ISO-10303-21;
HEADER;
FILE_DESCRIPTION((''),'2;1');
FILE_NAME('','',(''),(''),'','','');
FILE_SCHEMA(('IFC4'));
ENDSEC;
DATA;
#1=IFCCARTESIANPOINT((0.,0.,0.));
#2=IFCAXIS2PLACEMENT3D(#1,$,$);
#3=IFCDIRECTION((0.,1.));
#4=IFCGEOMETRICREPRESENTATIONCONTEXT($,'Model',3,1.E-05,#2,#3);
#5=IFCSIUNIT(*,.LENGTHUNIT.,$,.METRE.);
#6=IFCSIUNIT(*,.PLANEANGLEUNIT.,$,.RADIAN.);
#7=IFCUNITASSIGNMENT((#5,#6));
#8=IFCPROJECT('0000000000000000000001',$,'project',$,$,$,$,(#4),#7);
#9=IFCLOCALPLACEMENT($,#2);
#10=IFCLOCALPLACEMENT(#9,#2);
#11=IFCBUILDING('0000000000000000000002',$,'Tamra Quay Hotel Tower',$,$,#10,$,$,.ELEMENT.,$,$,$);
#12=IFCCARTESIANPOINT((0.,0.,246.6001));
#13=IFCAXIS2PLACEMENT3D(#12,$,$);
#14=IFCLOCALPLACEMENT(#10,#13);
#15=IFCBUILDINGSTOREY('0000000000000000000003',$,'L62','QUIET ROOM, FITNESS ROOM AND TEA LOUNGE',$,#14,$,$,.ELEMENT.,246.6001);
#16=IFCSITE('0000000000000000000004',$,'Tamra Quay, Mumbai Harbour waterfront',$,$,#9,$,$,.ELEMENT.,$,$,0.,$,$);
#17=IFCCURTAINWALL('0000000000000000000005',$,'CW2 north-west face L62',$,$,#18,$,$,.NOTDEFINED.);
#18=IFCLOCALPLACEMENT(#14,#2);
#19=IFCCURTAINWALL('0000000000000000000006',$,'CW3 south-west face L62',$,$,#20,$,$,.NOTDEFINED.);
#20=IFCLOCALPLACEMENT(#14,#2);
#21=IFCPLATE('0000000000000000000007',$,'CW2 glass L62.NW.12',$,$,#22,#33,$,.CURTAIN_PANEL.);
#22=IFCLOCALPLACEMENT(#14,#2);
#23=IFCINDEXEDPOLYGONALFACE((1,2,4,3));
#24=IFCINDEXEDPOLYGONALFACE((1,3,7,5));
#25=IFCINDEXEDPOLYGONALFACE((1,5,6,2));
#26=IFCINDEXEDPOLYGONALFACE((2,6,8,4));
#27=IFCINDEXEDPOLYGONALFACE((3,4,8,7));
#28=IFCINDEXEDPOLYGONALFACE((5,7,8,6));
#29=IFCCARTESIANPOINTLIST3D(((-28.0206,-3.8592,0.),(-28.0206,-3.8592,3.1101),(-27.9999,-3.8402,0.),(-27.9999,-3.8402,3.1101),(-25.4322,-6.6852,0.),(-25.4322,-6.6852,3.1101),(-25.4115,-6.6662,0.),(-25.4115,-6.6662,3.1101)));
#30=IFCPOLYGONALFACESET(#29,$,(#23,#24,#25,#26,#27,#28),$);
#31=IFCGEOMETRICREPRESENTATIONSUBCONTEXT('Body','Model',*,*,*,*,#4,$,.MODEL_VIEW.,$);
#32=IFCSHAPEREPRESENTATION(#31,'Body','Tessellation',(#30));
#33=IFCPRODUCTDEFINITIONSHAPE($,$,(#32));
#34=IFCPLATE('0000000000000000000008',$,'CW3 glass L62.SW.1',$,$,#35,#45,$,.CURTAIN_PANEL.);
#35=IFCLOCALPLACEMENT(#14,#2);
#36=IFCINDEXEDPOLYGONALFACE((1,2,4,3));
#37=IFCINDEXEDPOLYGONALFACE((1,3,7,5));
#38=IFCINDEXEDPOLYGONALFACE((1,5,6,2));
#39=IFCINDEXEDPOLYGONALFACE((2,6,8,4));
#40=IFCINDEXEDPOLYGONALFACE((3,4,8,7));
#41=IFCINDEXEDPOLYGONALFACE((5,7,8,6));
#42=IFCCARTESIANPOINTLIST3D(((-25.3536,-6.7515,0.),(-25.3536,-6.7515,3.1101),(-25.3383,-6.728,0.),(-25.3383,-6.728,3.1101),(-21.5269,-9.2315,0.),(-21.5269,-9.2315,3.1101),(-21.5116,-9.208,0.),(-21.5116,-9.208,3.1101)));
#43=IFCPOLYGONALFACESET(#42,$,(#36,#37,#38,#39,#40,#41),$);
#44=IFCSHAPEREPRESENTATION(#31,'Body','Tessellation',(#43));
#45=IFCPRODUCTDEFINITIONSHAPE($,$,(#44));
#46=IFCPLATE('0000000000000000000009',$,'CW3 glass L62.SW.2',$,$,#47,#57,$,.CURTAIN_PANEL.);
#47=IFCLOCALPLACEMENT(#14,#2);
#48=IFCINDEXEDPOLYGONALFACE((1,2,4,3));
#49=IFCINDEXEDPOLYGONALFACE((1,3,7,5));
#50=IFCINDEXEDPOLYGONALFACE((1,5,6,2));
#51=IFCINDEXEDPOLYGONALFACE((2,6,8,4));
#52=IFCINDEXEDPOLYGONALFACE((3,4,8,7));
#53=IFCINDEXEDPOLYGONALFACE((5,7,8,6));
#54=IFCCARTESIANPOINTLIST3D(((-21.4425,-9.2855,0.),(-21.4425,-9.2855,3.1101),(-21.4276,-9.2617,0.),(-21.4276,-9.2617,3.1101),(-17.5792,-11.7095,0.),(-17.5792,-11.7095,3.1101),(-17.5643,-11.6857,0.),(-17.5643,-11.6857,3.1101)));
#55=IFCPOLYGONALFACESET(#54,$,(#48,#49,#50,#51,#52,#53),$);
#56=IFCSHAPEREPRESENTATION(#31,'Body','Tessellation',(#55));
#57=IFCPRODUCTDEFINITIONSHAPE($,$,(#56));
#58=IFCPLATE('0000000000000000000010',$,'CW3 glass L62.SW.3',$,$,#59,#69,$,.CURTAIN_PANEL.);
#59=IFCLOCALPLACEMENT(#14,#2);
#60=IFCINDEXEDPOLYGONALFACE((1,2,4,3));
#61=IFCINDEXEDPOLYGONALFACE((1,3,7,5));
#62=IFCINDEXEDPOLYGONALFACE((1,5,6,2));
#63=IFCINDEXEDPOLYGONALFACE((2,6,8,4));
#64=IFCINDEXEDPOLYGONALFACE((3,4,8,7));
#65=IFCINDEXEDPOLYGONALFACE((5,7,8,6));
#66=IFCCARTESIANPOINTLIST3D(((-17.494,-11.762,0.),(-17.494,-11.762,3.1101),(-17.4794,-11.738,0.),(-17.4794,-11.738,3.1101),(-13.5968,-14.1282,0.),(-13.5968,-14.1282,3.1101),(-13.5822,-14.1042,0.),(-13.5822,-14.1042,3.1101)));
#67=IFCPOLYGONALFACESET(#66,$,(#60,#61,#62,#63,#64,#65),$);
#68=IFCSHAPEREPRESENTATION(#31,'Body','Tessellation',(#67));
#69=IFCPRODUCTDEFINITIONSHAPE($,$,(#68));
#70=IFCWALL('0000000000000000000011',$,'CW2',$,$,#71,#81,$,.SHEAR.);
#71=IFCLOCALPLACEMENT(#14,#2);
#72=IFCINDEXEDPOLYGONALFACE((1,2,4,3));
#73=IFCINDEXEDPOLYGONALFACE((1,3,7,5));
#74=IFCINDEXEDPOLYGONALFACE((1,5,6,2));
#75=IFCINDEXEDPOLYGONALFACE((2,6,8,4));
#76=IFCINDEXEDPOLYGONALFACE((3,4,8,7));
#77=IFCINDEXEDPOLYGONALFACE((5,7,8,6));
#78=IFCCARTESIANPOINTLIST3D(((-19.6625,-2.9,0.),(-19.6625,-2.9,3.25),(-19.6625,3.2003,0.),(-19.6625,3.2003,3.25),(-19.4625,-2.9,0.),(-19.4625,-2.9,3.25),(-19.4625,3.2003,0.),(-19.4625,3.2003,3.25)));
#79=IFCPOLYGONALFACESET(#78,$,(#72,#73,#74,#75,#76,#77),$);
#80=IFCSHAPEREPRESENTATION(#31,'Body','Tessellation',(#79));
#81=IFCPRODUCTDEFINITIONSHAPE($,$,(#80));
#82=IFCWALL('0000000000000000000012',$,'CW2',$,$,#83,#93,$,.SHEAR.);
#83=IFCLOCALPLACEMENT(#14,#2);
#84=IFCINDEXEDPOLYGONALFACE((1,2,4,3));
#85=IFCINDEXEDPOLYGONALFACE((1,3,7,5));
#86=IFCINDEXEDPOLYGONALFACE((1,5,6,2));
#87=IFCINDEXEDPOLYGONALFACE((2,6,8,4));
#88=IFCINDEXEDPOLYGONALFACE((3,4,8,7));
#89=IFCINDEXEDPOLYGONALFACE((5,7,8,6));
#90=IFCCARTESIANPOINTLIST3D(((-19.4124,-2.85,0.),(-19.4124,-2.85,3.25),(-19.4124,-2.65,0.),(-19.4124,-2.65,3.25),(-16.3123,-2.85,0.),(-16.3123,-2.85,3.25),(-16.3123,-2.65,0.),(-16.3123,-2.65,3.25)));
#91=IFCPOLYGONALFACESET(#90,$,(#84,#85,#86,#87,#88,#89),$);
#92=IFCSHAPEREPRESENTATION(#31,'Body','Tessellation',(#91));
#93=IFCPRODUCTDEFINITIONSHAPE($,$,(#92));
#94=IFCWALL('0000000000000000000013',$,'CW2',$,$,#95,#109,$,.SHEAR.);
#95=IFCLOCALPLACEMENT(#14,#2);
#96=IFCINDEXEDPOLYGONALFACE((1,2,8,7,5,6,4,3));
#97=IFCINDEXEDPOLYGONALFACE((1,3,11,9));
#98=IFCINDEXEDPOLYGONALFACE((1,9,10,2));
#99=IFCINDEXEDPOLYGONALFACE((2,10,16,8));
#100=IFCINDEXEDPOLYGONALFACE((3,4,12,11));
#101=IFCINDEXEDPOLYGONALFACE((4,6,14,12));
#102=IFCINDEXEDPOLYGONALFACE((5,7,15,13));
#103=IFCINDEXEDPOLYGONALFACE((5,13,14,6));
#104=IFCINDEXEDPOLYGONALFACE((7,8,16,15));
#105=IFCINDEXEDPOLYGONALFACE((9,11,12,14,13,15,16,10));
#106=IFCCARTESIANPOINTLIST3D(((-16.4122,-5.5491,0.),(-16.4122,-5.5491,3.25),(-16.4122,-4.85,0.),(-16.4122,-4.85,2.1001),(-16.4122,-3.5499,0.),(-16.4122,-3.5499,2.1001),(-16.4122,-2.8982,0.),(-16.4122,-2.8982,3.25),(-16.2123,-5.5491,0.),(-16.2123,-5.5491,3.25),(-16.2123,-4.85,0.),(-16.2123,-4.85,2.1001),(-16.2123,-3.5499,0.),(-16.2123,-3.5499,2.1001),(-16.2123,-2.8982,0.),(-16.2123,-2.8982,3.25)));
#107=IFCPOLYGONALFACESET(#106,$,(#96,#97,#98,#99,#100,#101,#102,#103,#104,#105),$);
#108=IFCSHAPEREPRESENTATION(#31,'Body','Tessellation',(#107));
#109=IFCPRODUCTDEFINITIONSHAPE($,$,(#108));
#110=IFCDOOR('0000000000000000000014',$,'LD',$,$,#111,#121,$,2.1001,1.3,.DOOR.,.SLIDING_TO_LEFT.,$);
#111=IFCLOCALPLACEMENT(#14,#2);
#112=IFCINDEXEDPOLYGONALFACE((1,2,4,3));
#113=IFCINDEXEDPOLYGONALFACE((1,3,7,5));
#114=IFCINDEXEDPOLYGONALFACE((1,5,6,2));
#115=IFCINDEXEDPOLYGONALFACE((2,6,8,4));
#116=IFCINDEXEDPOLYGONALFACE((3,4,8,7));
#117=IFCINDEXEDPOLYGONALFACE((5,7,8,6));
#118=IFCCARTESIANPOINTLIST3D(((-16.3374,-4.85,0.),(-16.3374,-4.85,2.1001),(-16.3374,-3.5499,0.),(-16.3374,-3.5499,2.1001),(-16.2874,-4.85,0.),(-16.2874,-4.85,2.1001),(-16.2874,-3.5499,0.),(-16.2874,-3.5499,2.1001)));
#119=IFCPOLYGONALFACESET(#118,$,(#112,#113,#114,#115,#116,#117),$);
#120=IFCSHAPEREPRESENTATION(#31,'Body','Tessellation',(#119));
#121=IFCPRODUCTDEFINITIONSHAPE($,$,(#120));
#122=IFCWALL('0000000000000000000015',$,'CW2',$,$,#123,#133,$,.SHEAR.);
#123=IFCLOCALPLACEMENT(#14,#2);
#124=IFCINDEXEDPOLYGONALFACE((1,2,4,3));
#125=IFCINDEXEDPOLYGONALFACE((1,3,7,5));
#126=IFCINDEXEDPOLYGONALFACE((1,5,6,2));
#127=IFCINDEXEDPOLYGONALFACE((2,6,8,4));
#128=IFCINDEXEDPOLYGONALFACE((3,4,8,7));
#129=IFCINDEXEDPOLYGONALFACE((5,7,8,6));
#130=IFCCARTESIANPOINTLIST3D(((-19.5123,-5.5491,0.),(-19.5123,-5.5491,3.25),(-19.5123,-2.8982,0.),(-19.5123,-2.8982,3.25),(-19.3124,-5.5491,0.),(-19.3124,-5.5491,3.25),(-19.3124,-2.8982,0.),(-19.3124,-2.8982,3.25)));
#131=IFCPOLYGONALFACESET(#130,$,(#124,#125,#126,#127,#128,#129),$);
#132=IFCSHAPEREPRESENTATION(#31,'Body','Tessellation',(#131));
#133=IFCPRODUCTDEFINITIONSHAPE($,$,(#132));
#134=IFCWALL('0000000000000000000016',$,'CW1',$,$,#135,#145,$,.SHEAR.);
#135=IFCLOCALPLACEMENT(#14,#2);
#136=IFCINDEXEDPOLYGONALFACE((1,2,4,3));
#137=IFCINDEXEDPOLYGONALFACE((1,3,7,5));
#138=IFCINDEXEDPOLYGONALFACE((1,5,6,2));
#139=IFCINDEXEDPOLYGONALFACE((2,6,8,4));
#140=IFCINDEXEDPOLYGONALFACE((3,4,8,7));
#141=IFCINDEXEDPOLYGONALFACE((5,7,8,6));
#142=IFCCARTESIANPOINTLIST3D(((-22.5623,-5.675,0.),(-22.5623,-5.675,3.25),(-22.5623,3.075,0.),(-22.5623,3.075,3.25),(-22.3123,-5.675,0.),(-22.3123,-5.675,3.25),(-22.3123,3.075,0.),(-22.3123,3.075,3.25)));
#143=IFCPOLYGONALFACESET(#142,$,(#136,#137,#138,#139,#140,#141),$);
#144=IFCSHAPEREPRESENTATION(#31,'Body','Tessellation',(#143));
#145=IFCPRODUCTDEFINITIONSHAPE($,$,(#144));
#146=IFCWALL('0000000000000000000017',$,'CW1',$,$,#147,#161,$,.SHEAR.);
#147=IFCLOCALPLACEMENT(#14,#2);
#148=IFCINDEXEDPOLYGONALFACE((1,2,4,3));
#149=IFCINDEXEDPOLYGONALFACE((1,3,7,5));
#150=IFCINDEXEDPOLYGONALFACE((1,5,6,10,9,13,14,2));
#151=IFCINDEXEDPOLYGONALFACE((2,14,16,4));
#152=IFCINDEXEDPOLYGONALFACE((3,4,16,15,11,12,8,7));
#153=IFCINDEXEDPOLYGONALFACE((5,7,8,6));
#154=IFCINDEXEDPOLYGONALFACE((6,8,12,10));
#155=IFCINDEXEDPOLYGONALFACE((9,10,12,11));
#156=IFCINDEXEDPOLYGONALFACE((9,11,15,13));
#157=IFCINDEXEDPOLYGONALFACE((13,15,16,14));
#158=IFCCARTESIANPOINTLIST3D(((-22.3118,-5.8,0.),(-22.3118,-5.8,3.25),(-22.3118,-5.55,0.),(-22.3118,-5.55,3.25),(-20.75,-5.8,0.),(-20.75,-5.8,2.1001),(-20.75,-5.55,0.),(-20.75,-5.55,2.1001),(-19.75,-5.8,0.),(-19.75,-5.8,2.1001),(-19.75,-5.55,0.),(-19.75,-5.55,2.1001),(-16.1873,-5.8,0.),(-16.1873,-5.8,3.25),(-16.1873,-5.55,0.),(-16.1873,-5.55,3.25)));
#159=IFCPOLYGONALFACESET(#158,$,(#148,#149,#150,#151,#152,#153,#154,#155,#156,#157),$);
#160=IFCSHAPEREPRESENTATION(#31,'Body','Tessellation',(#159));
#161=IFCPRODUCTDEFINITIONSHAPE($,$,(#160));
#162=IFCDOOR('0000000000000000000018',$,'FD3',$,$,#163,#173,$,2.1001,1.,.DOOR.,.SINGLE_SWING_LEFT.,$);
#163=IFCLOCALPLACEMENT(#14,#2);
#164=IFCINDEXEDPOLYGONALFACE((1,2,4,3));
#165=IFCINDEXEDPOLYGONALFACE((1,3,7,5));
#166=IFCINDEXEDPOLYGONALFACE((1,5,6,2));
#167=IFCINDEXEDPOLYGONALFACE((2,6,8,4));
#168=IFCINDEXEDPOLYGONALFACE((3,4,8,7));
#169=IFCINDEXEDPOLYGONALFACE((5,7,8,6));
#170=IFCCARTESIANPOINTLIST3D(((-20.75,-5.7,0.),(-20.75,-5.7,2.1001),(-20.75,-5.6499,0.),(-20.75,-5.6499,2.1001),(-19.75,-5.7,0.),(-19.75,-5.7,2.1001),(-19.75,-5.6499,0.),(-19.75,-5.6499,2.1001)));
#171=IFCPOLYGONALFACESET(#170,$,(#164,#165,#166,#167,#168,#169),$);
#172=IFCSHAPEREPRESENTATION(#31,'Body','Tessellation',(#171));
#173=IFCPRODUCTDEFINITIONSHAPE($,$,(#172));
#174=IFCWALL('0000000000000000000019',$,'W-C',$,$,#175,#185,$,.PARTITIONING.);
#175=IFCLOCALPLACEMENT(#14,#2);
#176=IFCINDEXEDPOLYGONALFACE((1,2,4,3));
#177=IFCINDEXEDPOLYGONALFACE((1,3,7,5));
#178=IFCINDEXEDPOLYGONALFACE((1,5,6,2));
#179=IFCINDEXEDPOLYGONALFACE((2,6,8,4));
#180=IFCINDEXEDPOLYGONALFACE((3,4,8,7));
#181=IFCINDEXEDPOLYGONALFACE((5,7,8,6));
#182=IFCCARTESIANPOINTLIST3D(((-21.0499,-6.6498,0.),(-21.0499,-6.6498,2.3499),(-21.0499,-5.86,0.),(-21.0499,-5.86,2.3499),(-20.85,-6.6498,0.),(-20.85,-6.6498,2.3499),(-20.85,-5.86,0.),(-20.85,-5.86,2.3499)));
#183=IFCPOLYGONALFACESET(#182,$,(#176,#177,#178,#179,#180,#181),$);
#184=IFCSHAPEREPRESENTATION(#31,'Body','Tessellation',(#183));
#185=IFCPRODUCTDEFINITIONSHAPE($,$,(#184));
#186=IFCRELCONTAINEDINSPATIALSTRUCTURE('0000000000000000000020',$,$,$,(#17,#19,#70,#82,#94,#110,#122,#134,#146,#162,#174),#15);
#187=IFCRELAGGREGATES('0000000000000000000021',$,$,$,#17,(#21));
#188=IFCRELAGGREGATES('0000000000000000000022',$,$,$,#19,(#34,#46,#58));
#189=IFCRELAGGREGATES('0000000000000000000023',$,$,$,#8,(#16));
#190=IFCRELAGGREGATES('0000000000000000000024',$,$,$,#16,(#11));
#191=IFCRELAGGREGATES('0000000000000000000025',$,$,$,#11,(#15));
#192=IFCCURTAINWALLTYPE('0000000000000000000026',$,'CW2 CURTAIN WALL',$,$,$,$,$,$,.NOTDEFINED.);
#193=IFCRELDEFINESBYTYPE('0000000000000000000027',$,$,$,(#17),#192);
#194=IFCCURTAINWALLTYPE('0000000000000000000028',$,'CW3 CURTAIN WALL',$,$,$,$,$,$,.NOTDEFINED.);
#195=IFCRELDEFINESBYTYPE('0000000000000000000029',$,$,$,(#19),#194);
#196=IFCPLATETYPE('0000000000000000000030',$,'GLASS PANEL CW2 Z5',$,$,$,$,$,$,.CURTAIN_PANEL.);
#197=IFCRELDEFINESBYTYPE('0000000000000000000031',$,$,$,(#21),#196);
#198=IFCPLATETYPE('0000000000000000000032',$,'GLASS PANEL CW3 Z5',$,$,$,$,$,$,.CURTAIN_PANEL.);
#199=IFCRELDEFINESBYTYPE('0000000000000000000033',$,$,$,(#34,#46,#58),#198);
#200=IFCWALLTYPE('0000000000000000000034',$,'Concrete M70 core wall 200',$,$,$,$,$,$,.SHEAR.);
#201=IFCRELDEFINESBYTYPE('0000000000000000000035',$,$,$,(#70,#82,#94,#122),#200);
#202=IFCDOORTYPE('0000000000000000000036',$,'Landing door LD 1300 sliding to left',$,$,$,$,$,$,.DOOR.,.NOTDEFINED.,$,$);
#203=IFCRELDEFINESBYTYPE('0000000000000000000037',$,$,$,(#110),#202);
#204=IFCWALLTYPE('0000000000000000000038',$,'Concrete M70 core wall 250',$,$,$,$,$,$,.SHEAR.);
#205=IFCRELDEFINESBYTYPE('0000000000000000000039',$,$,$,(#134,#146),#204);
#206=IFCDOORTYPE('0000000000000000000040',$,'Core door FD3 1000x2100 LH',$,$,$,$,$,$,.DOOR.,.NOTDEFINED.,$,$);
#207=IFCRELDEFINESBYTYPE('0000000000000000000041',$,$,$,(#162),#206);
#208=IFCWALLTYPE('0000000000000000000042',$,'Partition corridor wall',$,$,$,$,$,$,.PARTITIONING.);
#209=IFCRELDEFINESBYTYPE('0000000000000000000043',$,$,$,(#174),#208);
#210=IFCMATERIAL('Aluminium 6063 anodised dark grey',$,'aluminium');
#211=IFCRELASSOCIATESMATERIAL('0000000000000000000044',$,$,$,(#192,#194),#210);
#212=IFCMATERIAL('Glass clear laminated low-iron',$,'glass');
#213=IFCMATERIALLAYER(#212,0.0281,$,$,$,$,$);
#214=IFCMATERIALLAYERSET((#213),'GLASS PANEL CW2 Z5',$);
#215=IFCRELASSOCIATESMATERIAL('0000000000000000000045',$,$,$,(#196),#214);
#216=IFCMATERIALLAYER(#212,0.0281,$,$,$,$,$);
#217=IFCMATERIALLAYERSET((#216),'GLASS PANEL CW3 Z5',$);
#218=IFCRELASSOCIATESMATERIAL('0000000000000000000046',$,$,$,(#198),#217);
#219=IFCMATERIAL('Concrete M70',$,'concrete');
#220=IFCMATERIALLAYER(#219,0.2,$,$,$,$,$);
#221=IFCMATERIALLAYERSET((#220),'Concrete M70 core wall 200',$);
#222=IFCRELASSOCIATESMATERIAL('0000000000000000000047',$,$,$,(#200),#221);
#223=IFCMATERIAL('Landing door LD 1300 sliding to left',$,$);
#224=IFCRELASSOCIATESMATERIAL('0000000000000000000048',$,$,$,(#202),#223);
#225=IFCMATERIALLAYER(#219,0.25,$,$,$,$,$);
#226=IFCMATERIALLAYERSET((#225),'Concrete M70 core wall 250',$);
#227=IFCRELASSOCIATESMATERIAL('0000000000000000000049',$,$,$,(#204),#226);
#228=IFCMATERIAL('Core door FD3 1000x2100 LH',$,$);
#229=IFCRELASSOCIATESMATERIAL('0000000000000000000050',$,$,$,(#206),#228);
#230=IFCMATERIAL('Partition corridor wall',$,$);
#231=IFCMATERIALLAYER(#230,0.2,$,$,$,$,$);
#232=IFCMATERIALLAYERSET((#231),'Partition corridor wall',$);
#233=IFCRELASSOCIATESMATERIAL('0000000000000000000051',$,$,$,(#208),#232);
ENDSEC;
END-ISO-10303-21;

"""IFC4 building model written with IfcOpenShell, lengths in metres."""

from ifc_helpers import new_model, si_unit, direction, frame, frame_2d, origin, origin_2d, place, context, subcontext, project, spatial, rectangle, extrude, material, layer, layer_set, type_object, element, fill, aggregate, save


model = new_model("IFC4")

# Units and contexts
model_context = context("Model", 3, precision=1e-05, world=origin(), true_north=direction((0.0, 1.0)))
body_context = subcontext(model_context, "Body", "Model", "MODEL_VIEW")
ifc_project = project(units=[si_unit("LENGTHUNIT", "METRE"), si_unit("PLANEANGLEUNIT", "RADIAN")], contexts=[model_context])

# Site, building, storey
site_placement = place(None, origin())
site = spatial("IfcSite", under=ifc_project, at=site_placement, Name="Tamra Quay, Mumbai Harbour waterfront", CompositionType="ELEMENT", RefElevation=0.0)
building_placement = place(site_placement, origin())
building = spatial("IfcBuilding", under=site, at=building_placement, Name="Tamra Quay Hotel Tower", CompositionType="ELEMENT")
storey_placement = place(building_placement, frame((0.0, 0.0, 246.6001)))
storey = spatial("IfcBuildingStorey", under=building, at=storey_placement, Name="L62", Description="QUIET ROOM, FITNESS ROOM AND TEA LOUNGE", CompositionType="ELEMENT", Elevation=246.6001)

# Shared definitions
ifc_material_1 = material(Name="Concrete M70", Category="concrete")

# Curtain walls
ifc_material_2 = material(Name="Aluminium 6063 anodised dark grey", Category="aluminium")
curtain_wall_type_1 = type_object("IfcCurtainWallType", Name="CW2 CURTAIN WALL", PredefinedType="NOTDEFINED", material=ifc_material_2)
curtain_wall_1_placement = place(storey_placement, origin())
curtain_wall_1 = element("IfcCurtainWall", 1, at=curtain_wall_1_placement, inside=storey, type_object=curtain_wall_type_1, Name="CW2 north-west face L62", PredefinedType="NOTDEFINED")
curtain_wall_type_2 = type_object("IfcCurtainWallType", Name="CW3 CURTAIN WALL", PredefinedType="NOTDEFINED", material=ifc_material_2)
curtain_wall_2_placement = place(storey_placement, origin())
curtain_wall_2 = element("IfcCurtainWall", 2, at=curtain_wall_2_placement, inside=storey, type_object=curtain_wall_type_2, Name="CW3 south-west face L62", PredefinedType="NOTDEFINED")

# Plates
ifc_material_3 = material(Name="Glass clear laminated low-iron", Category="glass")
ifc_layer_1 = layer(ifc_material_3, 0.0281)
ifc_layer_set_1 = layer_set([ifc_layer_1], Name="GLASS PANEL CW2 Z5")
plate_type_1 = type_object("IfcPlateType", Name="GLASS PANEL CW2 Z5", PredefinedType="CURTAIN_PANEL", material=ifc_layer_set_1)
plate_1_placement = place(storey_placement, frame((-26.7161, -5.2627, 0.0), z_axis=(0.0, 0.0, 1.0), x_axis=(0.675438, -0.737417, 0.0)))
plate_1 = element("IfcPlate", 3, at=plate_1_placement, type_object=plate_type_1, Name="CW2 glass L62.NW.12", PredefinedType="CURTAIN_PANEL", context=body_context, shape_type="SweptSolid", body=[
    extrude(rectangle(XDim=3.8323, YDim=0.0281, at=origin_2d()), origin(), (0.0, 0.0, 1.0), 3.1101),
])
aggregate(curtain_wall_1, [plate_1])
ifc_layer_2 = layer(ifc_material_3, 0.0281)
ifc_layer_set_2 = layer_set([ifc_layer_2], Name="GLASS PANEL CW3 Z5")
plate_type_2 = type_object("IfcPlateType", Name="GLASS PANEL CW3 Z5", PredefinedType="CURTAIN_PANEL", material=ifc_layer_set_2)
plate_2_placement = place(storey_placement, frame((-23.4326, -7.9797, 0.0), z_axis=(0.0, 0.0, 1.0), x_axis=(0.839179, -0.543855, 0.0)))
plate_2 = element("IfcPlate", 4, at=plate_2_placement, type_object=plate_type_2, Name="CW3 glass L62.SW.1", PredefinedType="CURTAIN_PANEL", context=body_context, shape_type="SweptSolid", body=[
    extrude(rectangle(XDim=4.5601, YDim=0.0281, at=origin_2d()), origin(), (0.0, 0.0, 1.0), 3.1101),
])
plate_3_placement = place(storey_placement, frame((-19.5034, -10.4856, 0.0), z_axis=(0.0, 0.0, 1.0), x_axis=(0.847069, -0.531484, 0.0)))
plate_3 = element("IfcPlate", 5, at=plate_3_placement, type_object=plate_type_2, Name="CW3 glass L62.SW.2", PredefinedType="CURTAIN_PANEL", context=body_context, shape_type="SweptSolid", body=[
    extrude(rectangle(XDim=4.5608, YDim=0.0281, at=origin_2d()), origin(), (0.0, 0.0, 1.0), 3.1101),
])
plate_4_placement = place(storey_placement, frame((-15.5381, -12.9331, 0.0), z_axis=(0.0, 0.0, 1.0), x_axis=(0.854783, -0.518985, 0.0)))
plate_4 = element("IfcPlate", 6, at=plate_4_placement, type_object=plate_type_2, Name="CW3 glass L62.SW.3", PredefinedType="CURTAIN_PANEL", context=body_context, shape_type="SweptSolid", body=[
    extrude(rectangle(XDim=4.5593, YDim=0.0281, at=origin_2d()), origin(), (0.0, 0.0, 1.0), 3.1101),
])
aggregate(curtain_wall_2, [plate_2, plate_3, plate_4])

# Walls
ifc_layer_3 = layer(ifc_material_1, 0.2)
ifc_layer_set_3 = layer_set([ifc_layer_3], Name="Concrete M70 core wall 200")
wall_type_1 = type_object("IfcWallType", Name="Concrete M70 core wall 200", PredefinedType="SHEAR", material=ifc_layer_set_3)
wall_1_placement = place(storey_placement, frame((-19.5625, -2.9001, 0.0), z_axis=(0.0, 0.0, 1.0), x_axis=(0.0, 1.0, 0.0)))
element("IfcWall", 7, at=wall_1_placement, inside=storey, type_object=wall_type_1, Name="CW2", PredefinedType="SHEAR", context=body_context, shape_type="SweptSolid", body=[
    extrude(rectangle(XDim=6.1003, YDim=0.2, at=frame_2d((3.0503, 0.0))), origin(), (0.0, 0.0, 1.0), 3.25),
])
wall_2_placement = place(storey_placement, frame((-19.4124, -2.75, 0.0), z_axis=(0.0, 0.0, 1.0), x_axis=(1.0, 0.0, 0.0)))
element("IfcWall", 8, at=wall_2_placement, inside=storey, type_object=wall_type_1, Name="CW2", PredefinedType="SHEAR", context=body_context, shape_type="SweptSolid", body=[
    extrude(rectangle(XDim=3.1001, YDim=0.2, at=frame_2d((1.55, 0.0))), origin(), (0.0, 0.0, 1.0), 3.25),
])

# Wall, opening, door
wall_3_placement = place(storey_placement, frame((-16.3123, -2.8982, 0.0), z_axis=(0.0, 0.0, 1.0), x_axis=(0.0, -1.0, 0.0)))
wall_3 = element("IfcWall", 9, at=wall_3_placement, inside=storey, type_object=wall_type_1, Name="CW2", PredefinedType="SHEAR", context=body_context, shape_type="SweptSolid", body=[
    extrude(rectangle(XDim=2.6509, YDim=0.2, at=frame_2d((1.3254, 0.0))), origin(), (0.0, 0.0, 1.0), 3.25),
])
opening_1_placement = place(wall_3_placement, frame((0.6519, 0.0, 0.0)))
opening_1 = element("IfcOpeningElement", 10, at=opening_1_placement, cuts=wall_3, PredefinedType="OPENING", context=body_context, shape_type="SweptSolid", body=[
    extrude(rectangle(XDim=1.3, YDim=2.1001, at=frame_2d((0.6499, 1.05))), frame((0.0, 0.1099, 0.0), z_axis=(0.0, -1.0, 0.0), x_axis=(1.0, 0.0, 0.0)), (0.0, 0.0, 1.0), 0.22),
])
ifc_material_4 = material(Name="Landing door LD 1300 sliding to left")
door_type_1 = type_object("IfcDoorType", Name="Landing door LD 1300 sliding to left", OperationType="NOTDEFINED", PredefinedType="DOOR", material=ifc_material_4)
door_1_placement = place(opening_1_placement, origin())
door_1 = element("IfcDoor", 11, at=door_1_placement, inside=storey, type_object=door_type_1, Name="LD", OperationType="SLIDING_TO_LEFT", OverallHeight=2.1001, OverallWidth=1.3, PredefinedType="DOOR", context=body_context, shape_type="SweptSolid", body=[
    extrude(rectangle(XDim=1.3, YDim=2.1001, at=frame_2d((0.6499, 1.05))), frame((0.0, 0.0249, 0.0), z_axis=(0.0, -1.0, 0.0), x_axis=(1.0, 0.0, 0.0)), (0.0, 0.0, 1.0), 0.05),
])
fill(opening_1, door_1)

# Walls
wall_4_placement = place(storey_placement, frame((-19.4124, -5.5491, 0.0), z_axis=(0.0, 0.0, 1.0), x_axis=(0.0, 1.0, 0.0)))
element("IfcWall", 12, at=wall_4_placement, inside=storey, type_object=wall_type_1, Name="CW2", PredefinedType="SHEAR", context=body_context, shape_type="SweptSolid", body=[
    extrude(rectangle(XDim=2.6509, YDim=0.2, at=frame_2d((1.3254, 0.0))), origin(), (0.0, 0.0, 1.0), 3.25),
])
ifc_layer_4 = layer(ifc_material_1, 0.25)
ifc_layer_set_4 = layer_set([ifc_layer_4], Name="Concrete M70 core wall 250")
wall_type_2 = type_object("IfcWallType", Name="Concrete M70 core wall 250", PredefinedType="SHEAR", material=ifc_layer_set_4)
wall_5_placement = place(storey_placement, frame((-22.4373, -5.675, 0.0), z_axis=(0.0, 0.0, 1.0), x_axis=(0.0, 1.0, 0.0)))
element("IfcWall", 13, at=wall_5_placement, inside=storey, type_object=wall_type_2, Name="CW1", PredefinedType="SHEAR", context=body_context, shape_type="SweptSolid", body=[
    extrude(rectangle(XDim=8.75, YDim=0.25, at=frame_2d((4.375, 0.0))), origin(), (0.0, 0.0, 1.0), 3.25),
])

# Wall, opening, door
wall_6_placement = place(storey_placement, frame((-16.1873, -5.675, 0.0), z_axis=(0.0, 0.0, 1.0), x_axis=(-1.0, 0.0, 0.0)))
wall_6 = element("IfcWall", 14, at=wall_6_placement, inside=storey, type_object=wall_type_2, Name="CW1", PredefinedType="SHEAR", context=body_context, shape_type="SweptSolid", body=[
    extrude(rectangle(XDim=6.1245, YDim=0.25, at=frame_2d((3.0623, 0.0))), origin(), (0.0, 0.0, 1.0), 3.25),
])
opening_2_placement = place(wall_6_placement, frame((3.5627, 0.0, 0.0)))
opening_2 = element("IfcOpeningElement", 15, at=opening_2_placement, cuts=wall_6, PredefinedType="OPENING", context=body_context, shape_type="SweptSolid", body=[
    extrude(rectangle(XDim=1.0, YDim=2.1001, at=frame_2d((0.5, 1.05))), frame((0.0, 0.135, 0.0), z_axis=(0.0, -1.0, 0.0), x_axis=(1.0, 0.0, 0.0)), (0.0, 0.0, 1.0), 0.27),
])
ifc_material_5 = material(Name="Core door FD3 1000x2100 LH")
door_type_2 = type_object("IfcDoorType", Name="Core door FD3 1000x2100 LH", OperationType="NOTDEFINED", PredefinedType="DOOR", material=ifc_material_5)
door_2_placement = place(opening_2_placement, origin())
door_2 = element("IfcDoor", 16, at=door_2_placement, inside=storey, type_object=door_type_2, Name="FD3", OperationType="SINGLE_SWING_LEFT", OverallHeight=2.1001, OverallWidth=1.0, PredefinedType="DOOR", context=body_context, shape_type="SweptSolid", body=[
    extrude(rectangle(XDim=1.0, YDim=2.1001, at=frame_2d((0.5, 1.05))), frame((0.0, 0.0249, 0.0), z_axis=(0.0, -1.0, 0.0), x_axis=(1.0, 0.0, 0.0)), (0.0, 0.0, 1.0), 0.05),
])
fill(opening_2, door_2)

# Wall
ifc_material_6 = material(Name="Partition corridor wall")
ifc_layer_5 = layer(ifc_material_6, 0.2)
ifc_layer_set_5 = layer_set([ifc_layer_5], Name="Partition corridor wall")
wall_type_3 = type_object("IfcWallType", Name="Partition corridor wall", PredefinedType="PARTITIONING", material=ifc_layer_set_5)
wall_7_placement = place(storey_placement, frame((-20.95, -6.6499, 0.0), z_axis=(0.0, 0.0, 1.0), x_axis=(0.0, 1.0, 0.0)))
element("IfcWall", 17, at=wall_7_placement, inside=storey, type_object=wall_type_3, Name="W-C", PredefinedType="PARTITIONING", context=body_context, shape_type="SweptSolid", body=[
    extrude(rectangle(XDim=0.7898, YDim=0.2, at=frame_2d((0.395, 0.0))), origin(), (0.0, 0.0, 1.0), 2.3499),
])

save(model, "model.ifc")
